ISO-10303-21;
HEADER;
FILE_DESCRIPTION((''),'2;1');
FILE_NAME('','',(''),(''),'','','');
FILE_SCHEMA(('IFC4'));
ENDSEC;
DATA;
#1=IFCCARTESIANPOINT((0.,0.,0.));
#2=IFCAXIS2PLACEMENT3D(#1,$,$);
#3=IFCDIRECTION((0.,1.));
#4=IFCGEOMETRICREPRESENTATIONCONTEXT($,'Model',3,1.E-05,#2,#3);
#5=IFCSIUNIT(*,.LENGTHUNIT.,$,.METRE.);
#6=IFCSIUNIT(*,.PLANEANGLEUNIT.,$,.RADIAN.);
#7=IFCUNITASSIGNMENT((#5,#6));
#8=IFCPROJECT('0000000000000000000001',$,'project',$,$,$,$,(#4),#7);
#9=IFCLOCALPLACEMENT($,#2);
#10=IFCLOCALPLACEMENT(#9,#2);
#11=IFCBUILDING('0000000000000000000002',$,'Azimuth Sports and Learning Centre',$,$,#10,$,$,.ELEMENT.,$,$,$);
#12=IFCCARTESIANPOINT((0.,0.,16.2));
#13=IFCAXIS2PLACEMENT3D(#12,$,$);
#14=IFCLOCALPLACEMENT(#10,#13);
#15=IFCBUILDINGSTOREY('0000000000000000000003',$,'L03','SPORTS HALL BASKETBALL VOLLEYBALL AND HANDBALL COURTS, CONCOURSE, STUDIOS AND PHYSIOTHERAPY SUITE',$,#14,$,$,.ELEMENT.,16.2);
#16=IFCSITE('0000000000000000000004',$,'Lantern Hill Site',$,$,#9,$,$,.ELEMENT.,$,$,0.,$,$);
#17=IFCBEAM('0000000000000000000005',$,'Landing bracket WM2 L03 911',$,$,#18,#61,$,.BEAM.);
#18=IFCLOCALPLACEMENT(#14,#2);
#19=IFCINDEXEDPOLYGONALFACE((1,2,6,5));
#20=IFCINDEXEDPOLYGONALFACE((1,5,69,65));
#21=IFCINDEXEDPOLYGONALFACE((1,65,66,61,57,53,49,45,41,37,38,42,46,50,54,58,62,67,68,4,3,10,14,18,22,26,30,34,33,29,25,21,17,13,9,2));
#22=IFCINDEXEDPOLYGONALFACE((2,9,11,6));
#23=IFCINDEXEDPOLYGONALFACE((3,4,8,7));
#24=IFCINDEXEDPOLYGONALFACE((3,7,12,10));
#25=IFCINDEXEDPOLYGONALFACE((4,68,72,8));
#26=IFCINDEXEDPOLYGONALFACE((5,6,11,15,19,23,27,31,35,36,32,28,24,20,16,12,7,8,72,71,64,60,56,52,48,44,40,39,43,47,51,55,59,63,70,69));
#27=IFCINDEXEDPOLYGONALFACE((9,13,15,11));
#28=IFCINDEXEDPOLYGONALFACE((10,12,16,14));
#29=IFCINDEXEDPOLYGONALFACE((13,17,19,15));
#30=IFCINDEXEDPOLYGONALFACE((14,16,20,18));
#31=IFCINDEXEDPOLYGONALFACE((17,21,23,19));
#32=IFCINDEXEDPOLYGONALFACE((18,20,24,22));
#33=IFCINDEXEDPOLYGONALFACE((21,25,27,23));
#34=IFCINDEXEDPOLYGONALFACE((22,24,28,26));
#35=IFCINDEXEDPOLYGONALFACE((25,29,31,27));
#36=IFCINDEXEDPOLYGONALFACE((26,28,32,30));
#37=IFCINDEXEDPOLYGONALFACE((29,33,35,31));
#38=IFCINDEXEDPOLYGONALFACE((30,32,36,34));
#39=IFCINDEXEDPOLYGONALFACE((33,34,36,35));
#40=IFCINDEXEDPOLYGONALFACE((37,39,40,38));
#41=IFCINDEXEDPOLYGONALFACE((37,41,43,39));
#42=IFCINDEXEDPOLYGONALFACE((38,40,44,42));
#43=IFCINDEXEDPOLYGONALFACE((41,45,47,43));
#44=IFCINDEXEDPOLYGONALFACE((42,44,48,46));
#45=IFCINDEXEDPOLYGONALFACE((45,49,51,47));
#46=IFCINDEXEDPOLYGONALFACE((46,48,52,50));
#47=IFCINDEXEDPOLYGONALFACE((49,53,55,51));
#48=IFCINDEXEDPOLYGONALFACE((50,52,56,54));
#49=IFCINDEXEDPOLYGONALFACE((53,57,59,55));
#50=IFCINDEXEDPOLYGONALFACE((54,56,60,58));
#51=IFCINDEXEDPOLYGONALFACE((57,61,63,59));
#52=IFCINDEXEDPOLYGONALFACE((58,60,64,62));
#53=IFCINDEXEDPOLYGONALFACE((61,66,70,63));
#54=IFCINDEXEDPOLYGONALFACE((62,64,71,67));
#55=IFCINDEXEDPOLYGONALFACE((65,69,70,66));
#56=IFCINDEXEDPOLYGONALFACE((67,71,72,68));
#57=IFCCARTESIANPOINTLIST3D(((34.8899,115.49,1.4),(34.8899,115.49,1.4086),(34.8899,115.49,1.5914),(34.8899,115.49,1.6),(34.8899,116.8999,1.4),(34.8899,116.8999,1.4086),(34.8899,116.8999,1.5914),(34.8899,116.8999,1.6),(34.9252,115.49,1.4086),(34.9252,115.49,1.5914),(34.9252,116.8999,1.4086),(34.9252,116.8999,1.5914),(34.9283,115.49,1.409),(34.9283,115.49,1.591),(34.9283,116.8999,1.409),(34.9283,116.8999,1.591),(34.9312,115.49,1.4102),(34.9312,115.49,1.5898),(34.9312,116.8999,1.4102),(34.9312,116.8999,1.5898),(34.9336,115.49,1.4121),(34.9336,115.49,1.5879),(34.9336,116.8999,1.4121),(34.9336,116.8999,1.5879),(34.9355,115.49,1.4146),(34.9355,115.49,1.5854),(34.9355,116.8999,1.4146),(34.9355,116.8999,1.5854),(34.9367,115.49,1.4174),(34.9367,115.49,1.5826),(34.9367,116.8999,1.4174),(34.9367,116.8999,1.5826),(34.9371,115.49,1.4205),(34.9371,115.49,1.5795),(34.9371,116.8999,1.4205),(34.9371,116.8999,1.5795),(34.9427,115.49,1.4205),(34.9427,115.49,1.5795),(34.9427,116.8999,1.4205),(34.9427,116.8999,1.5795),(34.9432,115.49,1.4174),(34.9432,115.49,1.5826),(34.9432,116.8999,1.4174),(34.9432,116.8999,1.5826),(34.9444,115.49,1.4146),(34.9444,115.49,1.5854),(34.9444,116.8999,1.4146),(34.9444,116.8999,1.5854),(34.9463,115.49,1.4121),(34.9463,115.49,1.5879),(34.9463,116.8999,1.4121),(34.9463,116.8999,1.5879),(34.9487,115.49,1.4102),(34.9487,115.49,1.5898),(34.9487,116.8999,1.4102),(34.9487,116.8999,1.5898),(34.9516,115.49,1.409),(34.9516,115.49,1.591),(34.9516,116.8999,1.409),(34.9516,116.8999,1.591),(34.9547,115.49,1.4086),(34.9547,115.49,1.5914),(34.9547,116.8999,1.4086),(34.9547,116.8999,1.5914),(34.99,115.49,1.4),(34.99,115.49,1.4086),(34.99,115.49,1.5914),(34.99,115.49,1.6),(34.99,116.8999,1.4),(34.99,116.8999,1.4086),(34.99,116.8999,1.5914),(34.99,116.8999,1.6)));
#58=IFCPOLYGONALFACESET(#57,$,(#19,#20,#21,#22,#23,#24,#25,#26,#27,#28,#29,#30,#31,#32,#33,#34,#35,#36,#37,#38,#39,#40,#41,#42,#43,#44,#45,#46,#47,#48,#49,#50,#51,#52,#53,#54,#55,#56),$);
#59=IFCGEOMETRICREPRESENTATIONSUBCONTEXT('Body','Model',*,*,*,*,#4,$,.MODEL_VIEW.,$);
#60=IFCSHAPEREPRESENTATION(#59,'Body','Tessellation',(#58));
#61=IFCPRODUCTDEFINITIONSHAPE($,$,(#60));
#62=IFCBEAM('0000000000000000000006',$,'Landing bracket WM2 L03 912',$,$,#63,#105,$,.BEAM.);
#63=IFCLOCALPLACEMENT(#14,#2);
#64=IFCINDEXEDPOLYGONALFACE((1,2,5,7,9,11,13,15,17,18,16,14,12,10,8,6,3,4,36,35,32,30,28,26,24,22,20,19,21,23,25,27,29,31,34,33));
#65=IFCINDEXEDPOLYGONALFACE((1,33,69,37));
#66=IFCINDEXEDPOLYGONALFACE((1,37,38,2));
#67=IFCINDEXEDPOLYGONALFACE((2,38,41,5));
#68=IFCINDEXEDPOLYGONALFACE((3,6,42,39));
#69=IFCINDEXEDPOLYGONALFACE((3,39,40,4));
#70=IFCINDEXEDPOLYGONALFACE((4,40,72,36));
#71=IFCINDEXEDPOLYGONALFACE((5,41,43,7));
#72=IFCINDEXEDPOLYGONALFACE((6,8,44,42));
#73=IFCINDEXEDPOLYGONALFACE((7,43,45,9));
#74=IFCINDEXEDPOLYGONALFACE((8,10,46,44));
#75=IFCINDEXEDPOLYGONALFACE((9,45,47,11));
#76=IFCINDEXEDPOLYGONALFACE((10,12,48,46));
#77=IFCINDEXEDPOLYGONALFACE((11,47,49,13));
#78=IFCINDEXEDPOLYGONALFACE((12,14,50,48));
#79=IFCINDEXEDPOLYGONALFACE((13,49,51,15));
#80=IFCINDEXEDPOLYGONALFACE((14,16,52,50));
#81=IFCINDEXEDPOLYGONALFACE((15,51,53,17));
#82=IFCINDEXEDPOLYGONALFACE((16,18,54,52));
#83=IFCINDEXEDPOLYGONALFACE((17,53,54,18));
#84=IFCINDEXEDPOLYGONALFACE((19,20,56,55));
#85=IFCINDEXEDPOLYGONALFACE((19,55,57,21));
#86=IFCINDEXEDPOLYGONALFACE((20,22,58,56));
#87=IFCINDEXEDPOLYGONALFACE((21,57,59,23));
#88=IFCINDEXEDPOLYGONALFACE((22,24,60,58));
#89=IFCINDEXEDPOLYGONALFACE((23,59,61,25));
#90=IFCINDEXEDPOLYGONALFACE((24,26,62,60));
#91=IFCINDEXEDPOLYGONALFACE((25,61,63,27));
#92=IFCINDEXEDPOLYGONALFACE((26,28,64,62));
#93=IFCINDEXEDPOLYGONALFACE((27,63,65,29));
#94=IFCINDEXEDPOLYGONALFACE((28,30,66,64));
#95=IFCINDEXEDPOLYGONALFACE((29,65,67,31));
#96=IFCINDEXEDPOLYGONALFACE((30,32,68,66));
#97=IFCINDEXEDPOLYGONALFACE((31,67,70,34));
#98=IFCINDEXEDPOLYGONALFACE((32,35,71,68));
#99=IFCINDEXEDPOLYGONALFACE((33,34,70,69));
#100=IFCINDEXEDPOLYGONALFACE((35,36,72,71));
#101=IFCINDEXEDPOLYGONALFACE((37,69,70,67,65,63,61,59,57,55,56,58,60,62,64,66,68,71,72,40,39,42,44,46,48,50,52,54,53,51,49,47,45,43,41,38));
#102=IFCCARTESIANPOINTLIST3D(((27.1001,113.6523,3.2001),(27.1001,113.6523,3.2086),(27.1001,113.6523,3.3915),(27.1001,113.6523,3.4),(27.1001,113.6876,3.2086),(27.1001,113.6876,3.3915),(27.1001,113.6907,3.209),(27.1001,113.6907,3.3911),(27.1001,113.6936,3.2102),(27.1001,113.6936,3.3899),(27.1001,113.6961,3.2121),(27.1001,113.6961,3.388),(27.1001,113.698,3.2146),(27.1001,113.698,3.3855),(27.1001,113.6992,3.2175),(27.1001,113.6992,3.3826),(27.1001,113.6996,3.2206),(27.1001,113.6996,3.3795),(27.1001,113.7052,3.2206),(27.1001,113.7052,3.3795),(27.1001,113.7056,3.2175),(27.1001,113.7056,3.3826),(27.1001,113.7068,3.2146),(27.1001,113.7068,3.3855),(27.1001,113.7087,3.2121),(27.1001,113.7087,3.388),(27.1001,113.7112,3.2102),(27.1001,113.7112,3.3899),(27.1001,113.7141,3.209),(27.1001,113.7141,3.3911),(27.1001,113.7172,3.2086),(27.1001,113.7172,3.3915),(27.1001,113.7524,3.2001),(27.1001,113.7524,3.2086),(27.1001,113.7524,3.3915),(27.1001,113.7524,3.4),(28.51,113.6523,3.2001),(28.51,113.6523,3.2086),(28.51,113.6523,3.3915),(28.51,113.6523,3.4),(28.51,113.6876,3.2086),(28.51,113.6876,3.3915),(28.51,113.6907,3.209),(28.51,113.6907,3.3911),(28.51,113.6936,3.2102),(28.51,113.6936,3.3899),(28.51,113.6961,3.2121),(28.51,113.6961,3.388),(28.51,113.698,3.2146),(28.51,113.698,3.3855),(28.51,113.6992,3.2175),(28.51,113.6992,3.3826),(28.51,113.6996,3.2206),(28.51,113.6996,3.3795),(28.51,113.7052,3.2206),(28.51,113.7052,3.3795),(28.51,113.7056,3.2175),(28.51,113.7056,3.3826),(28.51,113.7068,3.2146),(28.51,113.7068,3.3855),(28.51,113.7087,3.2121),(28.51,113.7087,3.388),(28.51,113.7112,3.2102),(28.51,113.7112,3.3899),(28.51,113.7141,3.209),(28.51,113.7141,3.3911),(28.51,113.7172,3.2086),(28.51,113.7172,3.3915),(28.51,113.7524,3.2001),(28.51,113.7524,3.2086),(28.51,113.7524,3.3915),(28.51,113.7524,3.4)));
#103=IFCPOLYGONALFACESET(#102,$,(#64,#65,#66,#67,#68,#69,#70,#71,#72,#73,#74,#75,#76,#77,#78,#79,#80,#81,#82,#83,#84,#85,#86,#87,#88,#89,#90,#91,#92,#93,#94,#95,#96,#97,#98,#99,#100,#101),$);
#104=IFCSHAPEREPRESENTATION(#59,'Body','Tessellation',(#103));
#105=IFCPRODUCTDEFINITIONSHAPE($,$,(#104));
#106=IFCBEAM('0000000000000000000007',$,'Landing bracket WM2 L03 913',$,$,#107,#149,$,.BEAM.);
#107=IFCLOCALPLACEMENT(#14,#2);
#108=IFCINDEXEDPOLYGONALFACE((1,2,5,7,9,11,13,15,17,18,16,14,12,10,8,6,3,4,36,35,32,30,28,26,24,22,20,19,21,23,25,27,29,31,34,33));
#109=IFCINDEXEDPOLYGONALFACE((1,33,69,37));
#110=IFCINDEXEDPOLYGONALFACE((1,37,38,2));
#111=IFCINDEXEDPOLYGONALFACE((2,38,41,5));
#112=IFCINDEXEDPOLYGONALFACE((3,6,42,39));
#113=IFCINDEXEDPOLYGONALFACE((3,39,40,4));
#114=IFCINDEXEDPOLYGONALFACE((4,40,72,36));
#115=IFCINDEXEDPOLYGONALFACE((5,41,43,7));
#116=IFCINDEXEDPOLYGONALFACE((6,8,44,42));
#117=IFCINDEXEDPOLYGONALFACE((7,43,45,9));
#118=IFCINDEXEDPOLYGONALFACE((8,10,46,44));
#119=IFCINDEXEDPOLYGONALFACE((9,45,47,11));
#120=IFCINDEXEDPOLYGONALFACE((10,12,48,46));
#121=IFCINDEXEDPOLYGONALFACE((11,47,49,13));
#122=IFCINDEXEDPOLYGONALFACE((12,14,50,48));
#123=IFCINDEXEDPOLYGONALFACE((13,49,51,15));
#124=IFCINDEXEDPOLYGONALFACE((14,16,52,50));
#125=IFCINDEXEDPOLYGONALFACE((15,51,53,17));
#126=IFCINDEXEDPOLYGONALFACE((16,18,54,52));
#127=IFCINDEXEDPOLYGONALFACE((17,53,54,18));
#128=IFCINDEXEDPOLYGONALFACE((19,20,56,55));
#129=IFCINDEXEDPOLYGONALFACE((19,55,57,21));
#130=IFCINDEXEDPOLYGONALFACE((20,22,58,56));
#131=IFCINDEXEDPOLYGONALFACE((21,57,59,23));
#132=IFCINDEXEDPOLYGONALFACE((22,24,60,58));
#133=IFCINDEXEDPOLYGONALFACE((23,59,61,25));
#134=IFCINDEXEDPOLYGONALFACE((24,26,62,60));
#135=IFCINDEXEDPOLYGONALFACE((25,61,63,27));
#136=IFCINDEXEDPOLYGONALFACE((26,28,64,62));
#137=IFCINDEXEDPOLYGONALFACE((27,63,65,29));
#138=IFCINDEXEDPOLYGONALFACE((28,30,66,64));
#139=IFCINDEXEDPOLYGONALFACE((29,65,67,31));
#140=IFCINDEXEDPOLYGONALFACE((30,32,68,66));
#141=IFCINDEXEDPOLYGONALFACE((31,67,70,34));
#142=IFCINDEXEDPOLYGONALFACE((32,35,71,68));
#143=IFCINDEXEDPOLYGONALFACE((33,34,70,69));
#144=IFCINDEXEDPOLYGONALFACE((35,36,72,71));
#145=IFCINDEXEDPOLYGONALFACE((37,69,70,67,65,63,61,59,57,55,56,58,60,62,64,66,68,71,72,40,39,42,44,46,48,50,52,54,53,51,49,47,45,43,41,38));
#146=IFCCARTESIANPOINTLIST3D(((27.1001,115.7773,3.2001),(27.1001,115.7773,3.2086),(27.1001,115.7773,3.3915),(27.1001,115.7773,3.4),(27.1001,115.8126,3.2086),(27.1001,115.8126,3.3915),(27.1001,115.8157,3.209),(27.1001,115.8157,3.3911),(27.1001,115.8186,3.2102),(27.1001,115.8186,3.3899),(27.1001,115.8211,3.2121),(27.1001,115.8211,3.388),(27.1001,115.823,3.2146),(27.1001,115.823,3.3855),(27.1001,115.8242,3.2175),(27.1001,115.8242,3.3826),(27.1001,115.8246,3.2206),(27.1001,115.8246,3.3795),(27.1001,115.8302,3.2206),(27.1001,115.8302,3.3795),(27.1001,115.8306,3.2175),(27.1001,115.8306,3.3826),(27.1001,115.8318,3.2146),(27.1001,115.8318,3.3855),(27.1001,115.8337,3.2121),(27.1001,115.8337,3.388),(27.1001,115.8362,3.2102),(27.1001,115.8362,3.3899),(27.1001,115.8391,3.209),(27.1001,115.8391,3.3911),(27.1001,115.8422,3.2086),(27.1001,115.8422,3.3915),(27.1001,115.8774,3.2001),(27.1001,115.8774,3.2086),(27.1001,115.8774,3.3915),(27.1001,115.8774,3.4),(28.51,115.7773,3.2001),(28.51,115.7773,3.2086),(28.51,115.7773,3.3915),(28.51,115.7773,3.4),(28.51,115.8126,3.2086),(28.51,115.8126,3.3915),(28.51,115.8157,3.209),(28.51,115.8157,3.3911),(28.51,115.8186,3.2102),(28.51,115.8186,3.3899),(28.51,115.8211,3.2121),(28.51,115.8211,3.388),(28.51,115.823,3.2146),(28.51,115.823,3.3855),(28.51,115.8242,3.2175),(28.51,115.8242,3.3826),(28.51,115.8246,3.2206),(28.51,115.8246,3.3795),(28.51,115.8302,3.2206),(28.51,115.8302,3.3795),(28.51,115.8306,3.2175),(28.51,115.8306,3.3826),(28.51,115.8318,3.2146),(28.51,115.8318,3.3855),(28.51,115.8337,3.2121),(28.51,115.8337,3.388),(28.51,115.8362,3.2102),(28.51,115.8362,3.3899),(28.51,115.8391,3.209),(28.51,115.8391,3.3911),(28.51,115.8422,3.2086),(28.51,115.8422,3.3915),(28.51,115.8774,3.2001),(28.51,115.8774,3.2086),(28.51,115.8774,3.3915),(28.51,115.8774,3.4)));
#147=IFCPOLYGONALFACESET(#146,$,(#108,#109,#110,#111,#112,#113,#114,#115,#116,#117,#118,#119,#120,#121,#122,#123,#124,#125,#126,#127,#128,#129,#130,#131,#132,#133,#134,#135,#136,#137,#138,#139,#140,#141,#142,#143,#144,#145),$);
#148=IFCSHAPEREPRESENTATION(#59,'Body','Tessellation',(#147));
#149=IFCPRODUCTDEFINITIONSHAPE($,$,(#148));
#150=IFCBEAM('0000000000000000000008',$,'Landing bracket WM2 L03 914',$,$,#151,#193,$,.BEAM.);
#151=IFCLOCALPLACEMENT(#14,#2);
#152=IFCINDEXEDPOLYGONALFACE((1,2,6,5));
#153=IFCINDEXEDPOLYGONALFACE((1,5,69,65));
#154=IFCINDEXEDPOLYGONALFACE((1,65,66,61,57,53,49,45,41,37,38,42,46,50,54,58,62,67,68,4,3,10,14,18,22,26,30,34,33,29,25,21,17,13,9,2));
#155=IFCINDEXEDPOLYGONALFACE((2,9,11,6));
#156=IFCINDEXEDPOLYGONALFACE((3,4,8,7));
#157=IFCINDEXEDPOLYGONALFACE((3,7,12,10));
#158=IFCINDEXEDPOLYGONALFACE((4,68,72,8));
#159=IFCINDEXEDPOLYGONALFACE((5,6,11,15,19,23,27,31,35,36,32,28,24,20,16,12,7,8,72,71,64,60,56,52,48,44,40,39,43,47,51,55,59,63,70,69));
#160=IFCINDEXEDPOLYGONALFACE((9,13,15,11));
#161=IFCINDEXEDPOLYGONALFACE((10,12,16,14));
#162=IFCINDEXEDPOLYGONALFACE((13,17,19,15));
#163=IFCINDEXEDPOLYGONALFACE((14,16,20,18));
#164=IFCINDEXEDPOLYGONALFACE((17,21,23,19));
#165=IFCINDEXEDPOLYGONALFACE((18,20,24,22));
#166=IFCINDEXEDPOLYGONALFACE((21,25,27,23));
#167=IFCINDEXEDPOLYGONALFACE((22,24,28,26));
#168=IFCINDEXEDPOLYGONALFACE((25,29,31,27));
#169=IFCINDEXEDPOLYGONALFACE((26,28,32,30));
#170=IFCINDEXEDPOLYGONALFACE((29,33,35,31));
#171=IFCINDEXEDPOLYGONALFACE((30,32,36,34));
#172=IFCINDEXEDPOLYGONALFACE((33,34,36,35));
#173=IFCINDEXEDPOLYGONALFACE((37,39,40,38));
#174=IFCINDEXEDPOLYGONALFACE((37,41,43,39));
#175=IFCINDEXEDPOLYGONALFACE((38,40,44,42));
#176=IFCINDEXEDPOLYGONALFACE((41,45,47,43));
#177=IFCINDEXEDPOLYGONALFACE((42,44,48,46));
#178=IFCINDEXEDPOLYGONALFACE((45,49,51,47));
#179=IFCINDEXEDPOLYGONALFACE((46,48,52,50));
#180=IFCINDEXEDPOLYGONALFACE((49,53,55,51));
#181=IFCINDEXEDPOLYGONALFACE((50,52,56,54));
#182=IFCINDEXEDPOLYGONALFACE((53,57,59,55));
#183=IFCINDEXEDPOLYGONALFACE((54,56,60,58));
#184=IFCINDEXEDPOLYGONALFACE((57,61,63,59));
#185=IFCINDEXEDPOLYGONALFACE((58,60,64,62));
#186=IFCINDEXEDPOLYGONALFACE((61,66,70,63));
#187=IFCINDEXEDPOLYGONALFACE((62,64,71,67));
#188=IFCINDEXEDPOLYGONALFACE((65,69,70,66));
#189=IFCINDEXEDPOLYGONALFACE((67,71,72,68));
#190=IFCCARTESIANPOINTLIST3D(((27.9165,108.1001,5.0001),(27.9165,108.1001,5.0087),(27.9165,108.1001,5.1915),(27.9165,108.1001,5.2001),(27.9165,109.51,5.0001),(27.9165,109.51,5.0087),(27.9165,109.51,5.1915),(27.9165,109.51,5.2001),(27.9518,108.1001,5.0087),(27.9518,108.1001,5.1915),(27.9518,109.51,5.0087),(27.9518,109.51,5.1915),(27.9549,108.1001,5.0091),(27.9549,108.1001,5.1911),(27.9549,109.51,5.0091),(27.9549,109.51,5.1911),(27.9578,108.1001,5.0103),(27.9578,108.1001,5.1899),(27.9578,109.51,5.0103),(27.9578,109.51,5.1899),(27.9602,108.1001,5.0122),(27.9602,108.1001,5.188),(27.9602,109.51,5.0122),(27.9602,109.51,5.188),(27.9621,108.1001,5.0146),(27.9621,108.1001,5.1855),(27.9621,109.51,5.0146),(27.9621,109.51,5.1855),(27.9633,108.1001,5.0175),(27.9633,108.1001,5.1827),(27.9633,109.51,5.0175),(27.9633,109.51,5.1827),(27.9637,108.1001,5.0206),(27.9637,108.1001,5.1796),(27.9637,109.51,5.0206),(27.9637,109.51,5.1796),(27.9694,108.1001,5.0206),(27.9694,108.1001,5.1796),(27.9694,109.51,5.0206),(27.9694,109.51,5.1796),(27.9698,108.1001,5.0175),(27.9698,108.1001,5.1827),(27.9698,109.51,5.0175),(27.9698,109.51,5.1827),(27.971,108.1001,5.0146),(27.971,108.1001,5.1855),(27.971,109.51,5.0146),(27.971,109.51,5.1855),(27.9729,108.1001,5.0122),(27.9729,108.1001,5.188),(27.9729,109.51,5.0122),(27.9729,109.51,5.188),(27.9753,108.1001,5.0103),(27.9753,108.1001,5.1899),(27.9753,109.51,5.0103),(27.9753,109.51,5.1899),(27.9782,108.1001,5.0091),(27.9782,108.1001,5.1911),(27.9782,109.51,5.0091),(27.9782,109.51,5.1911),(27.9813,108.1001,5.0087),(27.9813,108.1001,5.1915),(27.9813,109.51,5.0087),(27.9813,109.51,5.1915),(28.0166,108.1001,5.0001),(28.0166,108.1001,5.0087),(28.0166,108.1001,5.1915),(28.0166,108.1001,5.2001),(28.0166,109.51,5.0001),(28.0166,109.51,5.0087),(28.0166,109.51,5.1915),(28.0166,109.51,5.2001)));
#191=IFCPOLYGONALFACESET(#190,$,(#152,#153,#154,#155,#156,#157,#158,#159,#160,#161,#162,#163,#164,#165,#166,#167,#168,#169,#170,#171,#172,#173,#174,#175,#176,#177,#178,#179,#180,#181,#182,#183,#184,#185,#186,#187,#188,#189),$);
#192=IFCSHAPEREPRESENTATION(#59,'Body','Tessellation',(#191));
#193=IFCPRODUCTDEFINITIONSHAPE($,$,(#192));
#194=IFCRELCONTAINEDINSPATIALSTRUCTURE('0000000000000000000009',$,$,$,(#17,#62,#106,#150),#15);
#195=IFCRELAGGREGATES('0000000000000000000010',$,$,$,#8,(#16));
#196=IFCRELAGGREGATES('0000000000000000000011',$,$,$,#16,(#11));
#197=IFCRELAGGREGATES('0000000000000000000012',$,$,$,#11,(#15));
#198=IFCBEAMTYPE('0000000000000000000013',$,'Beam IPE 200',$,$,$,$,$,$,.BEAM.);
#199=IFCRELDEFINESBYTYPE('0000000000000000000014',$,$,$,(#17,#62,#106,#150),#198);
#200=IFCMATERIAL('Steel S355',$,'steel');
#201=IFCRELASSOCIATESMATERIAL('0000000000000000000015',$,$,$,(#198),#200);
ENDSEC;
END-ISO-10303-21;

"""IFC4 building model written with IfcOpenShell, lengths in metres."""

from ifc_helpers import new_model, si_unit, direction, frame, origin, origin_2d, place, context, subcontext, project, spatial, i_section, extrude, material, material_profile, profile_set, type_object, element, save


model = new_model("IFC4")

# Units and contexts
model_context = context("Model", 3, precision=1e-05, world=origin(), true_north=direction((0.0, 1.0)))
body_context = subcontext(model_context, "Body", "Model", "MODEL_VIEW")
ifc_project = project(units=[si_unit("LENGTHUNIT", "METRE"), si_unit("PLANEANGLEUNIT", "RADIAN")], contexts=[model_context])

# Site, building, storey
site_placement = place(None, origin())
site = spatial("IfcSite", under=ifc_project, at=site_placement, Name="Lantern Hill Site", CompositionType="ELEMENT", RefElevation=0.0)
building_placement = place(site_placement, origin())
building = spatial("IfcBuilding", under=site, at=building_placement, Name="Azimuth Sports and Learning Centre", CompositionType="ELEMENT")
storey_placement = place(building_placement, frame((0.0, 0.0, 16.2)))
storey = spatial("IfcBuildingStorey", under=building, at=storey_placement, Name="L03", Description="SPORTS HALL BASKETBALL VOLLEYBALL AND HANDBALL COURTS, CONCOURSE, STUDIOS AND PHYSIOTHERAPY SUITE", CompositionType="ELEMENT", Elevation=16.2)

# Beams
ifc_material_1 = material(Name="Steel S355", Category="steel")
ifc_material_profile_1 = material_profile(ifc_material_1, i_section(OverallWidth=0.1001, OverallDepth=0.2, WebThickness=0.0056, FlangeThickness=0.0085, FilletRadius=0.012, at=origin_2d()), Name="IPE 200")
ifc_profile_set_1 = profile_set([ifc_material_profile_1], Name="Steel S355")
beam_type = type_object("IfcBeamType", Name="Beam IPE 200", PredefinedType="BEAM", material=ifc_profile_set_1)
for number, where, z_axis, x_axis, name in (
    (1, (34.9399, 116.8999, 1.5), (0.0, -1.0, 0.0), (1.0, 0.0, 0.0), "Landing bracket WM2 L03 911"),
    (2, (27.1001, 113.7024, 3.3), (1.0, 0.0, 0.0), (0.0, 1.0, 0.0), "Landing bracket WM2 L03 912"),
    (3, (27.1001, 115.8274, 3.3), (1.0, 0.0, 0.0), (0.0, 1.0, 0.0), "Landing bracket WM2 L03 913"),
    (4, (27.9666, 108.1001, 5.1001), (0.0, 1.0, 0.0), (-1.0, 0.0, 0.0), "Landing bracket WM2 L03 914"),
):
    element("IfcBeam", number, at=place(storey_placement, frame(where, z_axis=z_axis, x_axis=x_axis)), inside=storey, type_object=beam_type, Name=name, PredefinedType="BEAM", context=body_context, shape_type="SweptSolid", body=[
        extrude(i_section(OverallWidth=0.1001, OverallDepth=0.2, WebThickness=0.0056, FlangeThickness=0.0085, FilletRadius=0.012, at=origin_2d()), origin(), (0.0, 0.0, 1.0), 1.4099),
    ])

save(model, "model.ifc")
